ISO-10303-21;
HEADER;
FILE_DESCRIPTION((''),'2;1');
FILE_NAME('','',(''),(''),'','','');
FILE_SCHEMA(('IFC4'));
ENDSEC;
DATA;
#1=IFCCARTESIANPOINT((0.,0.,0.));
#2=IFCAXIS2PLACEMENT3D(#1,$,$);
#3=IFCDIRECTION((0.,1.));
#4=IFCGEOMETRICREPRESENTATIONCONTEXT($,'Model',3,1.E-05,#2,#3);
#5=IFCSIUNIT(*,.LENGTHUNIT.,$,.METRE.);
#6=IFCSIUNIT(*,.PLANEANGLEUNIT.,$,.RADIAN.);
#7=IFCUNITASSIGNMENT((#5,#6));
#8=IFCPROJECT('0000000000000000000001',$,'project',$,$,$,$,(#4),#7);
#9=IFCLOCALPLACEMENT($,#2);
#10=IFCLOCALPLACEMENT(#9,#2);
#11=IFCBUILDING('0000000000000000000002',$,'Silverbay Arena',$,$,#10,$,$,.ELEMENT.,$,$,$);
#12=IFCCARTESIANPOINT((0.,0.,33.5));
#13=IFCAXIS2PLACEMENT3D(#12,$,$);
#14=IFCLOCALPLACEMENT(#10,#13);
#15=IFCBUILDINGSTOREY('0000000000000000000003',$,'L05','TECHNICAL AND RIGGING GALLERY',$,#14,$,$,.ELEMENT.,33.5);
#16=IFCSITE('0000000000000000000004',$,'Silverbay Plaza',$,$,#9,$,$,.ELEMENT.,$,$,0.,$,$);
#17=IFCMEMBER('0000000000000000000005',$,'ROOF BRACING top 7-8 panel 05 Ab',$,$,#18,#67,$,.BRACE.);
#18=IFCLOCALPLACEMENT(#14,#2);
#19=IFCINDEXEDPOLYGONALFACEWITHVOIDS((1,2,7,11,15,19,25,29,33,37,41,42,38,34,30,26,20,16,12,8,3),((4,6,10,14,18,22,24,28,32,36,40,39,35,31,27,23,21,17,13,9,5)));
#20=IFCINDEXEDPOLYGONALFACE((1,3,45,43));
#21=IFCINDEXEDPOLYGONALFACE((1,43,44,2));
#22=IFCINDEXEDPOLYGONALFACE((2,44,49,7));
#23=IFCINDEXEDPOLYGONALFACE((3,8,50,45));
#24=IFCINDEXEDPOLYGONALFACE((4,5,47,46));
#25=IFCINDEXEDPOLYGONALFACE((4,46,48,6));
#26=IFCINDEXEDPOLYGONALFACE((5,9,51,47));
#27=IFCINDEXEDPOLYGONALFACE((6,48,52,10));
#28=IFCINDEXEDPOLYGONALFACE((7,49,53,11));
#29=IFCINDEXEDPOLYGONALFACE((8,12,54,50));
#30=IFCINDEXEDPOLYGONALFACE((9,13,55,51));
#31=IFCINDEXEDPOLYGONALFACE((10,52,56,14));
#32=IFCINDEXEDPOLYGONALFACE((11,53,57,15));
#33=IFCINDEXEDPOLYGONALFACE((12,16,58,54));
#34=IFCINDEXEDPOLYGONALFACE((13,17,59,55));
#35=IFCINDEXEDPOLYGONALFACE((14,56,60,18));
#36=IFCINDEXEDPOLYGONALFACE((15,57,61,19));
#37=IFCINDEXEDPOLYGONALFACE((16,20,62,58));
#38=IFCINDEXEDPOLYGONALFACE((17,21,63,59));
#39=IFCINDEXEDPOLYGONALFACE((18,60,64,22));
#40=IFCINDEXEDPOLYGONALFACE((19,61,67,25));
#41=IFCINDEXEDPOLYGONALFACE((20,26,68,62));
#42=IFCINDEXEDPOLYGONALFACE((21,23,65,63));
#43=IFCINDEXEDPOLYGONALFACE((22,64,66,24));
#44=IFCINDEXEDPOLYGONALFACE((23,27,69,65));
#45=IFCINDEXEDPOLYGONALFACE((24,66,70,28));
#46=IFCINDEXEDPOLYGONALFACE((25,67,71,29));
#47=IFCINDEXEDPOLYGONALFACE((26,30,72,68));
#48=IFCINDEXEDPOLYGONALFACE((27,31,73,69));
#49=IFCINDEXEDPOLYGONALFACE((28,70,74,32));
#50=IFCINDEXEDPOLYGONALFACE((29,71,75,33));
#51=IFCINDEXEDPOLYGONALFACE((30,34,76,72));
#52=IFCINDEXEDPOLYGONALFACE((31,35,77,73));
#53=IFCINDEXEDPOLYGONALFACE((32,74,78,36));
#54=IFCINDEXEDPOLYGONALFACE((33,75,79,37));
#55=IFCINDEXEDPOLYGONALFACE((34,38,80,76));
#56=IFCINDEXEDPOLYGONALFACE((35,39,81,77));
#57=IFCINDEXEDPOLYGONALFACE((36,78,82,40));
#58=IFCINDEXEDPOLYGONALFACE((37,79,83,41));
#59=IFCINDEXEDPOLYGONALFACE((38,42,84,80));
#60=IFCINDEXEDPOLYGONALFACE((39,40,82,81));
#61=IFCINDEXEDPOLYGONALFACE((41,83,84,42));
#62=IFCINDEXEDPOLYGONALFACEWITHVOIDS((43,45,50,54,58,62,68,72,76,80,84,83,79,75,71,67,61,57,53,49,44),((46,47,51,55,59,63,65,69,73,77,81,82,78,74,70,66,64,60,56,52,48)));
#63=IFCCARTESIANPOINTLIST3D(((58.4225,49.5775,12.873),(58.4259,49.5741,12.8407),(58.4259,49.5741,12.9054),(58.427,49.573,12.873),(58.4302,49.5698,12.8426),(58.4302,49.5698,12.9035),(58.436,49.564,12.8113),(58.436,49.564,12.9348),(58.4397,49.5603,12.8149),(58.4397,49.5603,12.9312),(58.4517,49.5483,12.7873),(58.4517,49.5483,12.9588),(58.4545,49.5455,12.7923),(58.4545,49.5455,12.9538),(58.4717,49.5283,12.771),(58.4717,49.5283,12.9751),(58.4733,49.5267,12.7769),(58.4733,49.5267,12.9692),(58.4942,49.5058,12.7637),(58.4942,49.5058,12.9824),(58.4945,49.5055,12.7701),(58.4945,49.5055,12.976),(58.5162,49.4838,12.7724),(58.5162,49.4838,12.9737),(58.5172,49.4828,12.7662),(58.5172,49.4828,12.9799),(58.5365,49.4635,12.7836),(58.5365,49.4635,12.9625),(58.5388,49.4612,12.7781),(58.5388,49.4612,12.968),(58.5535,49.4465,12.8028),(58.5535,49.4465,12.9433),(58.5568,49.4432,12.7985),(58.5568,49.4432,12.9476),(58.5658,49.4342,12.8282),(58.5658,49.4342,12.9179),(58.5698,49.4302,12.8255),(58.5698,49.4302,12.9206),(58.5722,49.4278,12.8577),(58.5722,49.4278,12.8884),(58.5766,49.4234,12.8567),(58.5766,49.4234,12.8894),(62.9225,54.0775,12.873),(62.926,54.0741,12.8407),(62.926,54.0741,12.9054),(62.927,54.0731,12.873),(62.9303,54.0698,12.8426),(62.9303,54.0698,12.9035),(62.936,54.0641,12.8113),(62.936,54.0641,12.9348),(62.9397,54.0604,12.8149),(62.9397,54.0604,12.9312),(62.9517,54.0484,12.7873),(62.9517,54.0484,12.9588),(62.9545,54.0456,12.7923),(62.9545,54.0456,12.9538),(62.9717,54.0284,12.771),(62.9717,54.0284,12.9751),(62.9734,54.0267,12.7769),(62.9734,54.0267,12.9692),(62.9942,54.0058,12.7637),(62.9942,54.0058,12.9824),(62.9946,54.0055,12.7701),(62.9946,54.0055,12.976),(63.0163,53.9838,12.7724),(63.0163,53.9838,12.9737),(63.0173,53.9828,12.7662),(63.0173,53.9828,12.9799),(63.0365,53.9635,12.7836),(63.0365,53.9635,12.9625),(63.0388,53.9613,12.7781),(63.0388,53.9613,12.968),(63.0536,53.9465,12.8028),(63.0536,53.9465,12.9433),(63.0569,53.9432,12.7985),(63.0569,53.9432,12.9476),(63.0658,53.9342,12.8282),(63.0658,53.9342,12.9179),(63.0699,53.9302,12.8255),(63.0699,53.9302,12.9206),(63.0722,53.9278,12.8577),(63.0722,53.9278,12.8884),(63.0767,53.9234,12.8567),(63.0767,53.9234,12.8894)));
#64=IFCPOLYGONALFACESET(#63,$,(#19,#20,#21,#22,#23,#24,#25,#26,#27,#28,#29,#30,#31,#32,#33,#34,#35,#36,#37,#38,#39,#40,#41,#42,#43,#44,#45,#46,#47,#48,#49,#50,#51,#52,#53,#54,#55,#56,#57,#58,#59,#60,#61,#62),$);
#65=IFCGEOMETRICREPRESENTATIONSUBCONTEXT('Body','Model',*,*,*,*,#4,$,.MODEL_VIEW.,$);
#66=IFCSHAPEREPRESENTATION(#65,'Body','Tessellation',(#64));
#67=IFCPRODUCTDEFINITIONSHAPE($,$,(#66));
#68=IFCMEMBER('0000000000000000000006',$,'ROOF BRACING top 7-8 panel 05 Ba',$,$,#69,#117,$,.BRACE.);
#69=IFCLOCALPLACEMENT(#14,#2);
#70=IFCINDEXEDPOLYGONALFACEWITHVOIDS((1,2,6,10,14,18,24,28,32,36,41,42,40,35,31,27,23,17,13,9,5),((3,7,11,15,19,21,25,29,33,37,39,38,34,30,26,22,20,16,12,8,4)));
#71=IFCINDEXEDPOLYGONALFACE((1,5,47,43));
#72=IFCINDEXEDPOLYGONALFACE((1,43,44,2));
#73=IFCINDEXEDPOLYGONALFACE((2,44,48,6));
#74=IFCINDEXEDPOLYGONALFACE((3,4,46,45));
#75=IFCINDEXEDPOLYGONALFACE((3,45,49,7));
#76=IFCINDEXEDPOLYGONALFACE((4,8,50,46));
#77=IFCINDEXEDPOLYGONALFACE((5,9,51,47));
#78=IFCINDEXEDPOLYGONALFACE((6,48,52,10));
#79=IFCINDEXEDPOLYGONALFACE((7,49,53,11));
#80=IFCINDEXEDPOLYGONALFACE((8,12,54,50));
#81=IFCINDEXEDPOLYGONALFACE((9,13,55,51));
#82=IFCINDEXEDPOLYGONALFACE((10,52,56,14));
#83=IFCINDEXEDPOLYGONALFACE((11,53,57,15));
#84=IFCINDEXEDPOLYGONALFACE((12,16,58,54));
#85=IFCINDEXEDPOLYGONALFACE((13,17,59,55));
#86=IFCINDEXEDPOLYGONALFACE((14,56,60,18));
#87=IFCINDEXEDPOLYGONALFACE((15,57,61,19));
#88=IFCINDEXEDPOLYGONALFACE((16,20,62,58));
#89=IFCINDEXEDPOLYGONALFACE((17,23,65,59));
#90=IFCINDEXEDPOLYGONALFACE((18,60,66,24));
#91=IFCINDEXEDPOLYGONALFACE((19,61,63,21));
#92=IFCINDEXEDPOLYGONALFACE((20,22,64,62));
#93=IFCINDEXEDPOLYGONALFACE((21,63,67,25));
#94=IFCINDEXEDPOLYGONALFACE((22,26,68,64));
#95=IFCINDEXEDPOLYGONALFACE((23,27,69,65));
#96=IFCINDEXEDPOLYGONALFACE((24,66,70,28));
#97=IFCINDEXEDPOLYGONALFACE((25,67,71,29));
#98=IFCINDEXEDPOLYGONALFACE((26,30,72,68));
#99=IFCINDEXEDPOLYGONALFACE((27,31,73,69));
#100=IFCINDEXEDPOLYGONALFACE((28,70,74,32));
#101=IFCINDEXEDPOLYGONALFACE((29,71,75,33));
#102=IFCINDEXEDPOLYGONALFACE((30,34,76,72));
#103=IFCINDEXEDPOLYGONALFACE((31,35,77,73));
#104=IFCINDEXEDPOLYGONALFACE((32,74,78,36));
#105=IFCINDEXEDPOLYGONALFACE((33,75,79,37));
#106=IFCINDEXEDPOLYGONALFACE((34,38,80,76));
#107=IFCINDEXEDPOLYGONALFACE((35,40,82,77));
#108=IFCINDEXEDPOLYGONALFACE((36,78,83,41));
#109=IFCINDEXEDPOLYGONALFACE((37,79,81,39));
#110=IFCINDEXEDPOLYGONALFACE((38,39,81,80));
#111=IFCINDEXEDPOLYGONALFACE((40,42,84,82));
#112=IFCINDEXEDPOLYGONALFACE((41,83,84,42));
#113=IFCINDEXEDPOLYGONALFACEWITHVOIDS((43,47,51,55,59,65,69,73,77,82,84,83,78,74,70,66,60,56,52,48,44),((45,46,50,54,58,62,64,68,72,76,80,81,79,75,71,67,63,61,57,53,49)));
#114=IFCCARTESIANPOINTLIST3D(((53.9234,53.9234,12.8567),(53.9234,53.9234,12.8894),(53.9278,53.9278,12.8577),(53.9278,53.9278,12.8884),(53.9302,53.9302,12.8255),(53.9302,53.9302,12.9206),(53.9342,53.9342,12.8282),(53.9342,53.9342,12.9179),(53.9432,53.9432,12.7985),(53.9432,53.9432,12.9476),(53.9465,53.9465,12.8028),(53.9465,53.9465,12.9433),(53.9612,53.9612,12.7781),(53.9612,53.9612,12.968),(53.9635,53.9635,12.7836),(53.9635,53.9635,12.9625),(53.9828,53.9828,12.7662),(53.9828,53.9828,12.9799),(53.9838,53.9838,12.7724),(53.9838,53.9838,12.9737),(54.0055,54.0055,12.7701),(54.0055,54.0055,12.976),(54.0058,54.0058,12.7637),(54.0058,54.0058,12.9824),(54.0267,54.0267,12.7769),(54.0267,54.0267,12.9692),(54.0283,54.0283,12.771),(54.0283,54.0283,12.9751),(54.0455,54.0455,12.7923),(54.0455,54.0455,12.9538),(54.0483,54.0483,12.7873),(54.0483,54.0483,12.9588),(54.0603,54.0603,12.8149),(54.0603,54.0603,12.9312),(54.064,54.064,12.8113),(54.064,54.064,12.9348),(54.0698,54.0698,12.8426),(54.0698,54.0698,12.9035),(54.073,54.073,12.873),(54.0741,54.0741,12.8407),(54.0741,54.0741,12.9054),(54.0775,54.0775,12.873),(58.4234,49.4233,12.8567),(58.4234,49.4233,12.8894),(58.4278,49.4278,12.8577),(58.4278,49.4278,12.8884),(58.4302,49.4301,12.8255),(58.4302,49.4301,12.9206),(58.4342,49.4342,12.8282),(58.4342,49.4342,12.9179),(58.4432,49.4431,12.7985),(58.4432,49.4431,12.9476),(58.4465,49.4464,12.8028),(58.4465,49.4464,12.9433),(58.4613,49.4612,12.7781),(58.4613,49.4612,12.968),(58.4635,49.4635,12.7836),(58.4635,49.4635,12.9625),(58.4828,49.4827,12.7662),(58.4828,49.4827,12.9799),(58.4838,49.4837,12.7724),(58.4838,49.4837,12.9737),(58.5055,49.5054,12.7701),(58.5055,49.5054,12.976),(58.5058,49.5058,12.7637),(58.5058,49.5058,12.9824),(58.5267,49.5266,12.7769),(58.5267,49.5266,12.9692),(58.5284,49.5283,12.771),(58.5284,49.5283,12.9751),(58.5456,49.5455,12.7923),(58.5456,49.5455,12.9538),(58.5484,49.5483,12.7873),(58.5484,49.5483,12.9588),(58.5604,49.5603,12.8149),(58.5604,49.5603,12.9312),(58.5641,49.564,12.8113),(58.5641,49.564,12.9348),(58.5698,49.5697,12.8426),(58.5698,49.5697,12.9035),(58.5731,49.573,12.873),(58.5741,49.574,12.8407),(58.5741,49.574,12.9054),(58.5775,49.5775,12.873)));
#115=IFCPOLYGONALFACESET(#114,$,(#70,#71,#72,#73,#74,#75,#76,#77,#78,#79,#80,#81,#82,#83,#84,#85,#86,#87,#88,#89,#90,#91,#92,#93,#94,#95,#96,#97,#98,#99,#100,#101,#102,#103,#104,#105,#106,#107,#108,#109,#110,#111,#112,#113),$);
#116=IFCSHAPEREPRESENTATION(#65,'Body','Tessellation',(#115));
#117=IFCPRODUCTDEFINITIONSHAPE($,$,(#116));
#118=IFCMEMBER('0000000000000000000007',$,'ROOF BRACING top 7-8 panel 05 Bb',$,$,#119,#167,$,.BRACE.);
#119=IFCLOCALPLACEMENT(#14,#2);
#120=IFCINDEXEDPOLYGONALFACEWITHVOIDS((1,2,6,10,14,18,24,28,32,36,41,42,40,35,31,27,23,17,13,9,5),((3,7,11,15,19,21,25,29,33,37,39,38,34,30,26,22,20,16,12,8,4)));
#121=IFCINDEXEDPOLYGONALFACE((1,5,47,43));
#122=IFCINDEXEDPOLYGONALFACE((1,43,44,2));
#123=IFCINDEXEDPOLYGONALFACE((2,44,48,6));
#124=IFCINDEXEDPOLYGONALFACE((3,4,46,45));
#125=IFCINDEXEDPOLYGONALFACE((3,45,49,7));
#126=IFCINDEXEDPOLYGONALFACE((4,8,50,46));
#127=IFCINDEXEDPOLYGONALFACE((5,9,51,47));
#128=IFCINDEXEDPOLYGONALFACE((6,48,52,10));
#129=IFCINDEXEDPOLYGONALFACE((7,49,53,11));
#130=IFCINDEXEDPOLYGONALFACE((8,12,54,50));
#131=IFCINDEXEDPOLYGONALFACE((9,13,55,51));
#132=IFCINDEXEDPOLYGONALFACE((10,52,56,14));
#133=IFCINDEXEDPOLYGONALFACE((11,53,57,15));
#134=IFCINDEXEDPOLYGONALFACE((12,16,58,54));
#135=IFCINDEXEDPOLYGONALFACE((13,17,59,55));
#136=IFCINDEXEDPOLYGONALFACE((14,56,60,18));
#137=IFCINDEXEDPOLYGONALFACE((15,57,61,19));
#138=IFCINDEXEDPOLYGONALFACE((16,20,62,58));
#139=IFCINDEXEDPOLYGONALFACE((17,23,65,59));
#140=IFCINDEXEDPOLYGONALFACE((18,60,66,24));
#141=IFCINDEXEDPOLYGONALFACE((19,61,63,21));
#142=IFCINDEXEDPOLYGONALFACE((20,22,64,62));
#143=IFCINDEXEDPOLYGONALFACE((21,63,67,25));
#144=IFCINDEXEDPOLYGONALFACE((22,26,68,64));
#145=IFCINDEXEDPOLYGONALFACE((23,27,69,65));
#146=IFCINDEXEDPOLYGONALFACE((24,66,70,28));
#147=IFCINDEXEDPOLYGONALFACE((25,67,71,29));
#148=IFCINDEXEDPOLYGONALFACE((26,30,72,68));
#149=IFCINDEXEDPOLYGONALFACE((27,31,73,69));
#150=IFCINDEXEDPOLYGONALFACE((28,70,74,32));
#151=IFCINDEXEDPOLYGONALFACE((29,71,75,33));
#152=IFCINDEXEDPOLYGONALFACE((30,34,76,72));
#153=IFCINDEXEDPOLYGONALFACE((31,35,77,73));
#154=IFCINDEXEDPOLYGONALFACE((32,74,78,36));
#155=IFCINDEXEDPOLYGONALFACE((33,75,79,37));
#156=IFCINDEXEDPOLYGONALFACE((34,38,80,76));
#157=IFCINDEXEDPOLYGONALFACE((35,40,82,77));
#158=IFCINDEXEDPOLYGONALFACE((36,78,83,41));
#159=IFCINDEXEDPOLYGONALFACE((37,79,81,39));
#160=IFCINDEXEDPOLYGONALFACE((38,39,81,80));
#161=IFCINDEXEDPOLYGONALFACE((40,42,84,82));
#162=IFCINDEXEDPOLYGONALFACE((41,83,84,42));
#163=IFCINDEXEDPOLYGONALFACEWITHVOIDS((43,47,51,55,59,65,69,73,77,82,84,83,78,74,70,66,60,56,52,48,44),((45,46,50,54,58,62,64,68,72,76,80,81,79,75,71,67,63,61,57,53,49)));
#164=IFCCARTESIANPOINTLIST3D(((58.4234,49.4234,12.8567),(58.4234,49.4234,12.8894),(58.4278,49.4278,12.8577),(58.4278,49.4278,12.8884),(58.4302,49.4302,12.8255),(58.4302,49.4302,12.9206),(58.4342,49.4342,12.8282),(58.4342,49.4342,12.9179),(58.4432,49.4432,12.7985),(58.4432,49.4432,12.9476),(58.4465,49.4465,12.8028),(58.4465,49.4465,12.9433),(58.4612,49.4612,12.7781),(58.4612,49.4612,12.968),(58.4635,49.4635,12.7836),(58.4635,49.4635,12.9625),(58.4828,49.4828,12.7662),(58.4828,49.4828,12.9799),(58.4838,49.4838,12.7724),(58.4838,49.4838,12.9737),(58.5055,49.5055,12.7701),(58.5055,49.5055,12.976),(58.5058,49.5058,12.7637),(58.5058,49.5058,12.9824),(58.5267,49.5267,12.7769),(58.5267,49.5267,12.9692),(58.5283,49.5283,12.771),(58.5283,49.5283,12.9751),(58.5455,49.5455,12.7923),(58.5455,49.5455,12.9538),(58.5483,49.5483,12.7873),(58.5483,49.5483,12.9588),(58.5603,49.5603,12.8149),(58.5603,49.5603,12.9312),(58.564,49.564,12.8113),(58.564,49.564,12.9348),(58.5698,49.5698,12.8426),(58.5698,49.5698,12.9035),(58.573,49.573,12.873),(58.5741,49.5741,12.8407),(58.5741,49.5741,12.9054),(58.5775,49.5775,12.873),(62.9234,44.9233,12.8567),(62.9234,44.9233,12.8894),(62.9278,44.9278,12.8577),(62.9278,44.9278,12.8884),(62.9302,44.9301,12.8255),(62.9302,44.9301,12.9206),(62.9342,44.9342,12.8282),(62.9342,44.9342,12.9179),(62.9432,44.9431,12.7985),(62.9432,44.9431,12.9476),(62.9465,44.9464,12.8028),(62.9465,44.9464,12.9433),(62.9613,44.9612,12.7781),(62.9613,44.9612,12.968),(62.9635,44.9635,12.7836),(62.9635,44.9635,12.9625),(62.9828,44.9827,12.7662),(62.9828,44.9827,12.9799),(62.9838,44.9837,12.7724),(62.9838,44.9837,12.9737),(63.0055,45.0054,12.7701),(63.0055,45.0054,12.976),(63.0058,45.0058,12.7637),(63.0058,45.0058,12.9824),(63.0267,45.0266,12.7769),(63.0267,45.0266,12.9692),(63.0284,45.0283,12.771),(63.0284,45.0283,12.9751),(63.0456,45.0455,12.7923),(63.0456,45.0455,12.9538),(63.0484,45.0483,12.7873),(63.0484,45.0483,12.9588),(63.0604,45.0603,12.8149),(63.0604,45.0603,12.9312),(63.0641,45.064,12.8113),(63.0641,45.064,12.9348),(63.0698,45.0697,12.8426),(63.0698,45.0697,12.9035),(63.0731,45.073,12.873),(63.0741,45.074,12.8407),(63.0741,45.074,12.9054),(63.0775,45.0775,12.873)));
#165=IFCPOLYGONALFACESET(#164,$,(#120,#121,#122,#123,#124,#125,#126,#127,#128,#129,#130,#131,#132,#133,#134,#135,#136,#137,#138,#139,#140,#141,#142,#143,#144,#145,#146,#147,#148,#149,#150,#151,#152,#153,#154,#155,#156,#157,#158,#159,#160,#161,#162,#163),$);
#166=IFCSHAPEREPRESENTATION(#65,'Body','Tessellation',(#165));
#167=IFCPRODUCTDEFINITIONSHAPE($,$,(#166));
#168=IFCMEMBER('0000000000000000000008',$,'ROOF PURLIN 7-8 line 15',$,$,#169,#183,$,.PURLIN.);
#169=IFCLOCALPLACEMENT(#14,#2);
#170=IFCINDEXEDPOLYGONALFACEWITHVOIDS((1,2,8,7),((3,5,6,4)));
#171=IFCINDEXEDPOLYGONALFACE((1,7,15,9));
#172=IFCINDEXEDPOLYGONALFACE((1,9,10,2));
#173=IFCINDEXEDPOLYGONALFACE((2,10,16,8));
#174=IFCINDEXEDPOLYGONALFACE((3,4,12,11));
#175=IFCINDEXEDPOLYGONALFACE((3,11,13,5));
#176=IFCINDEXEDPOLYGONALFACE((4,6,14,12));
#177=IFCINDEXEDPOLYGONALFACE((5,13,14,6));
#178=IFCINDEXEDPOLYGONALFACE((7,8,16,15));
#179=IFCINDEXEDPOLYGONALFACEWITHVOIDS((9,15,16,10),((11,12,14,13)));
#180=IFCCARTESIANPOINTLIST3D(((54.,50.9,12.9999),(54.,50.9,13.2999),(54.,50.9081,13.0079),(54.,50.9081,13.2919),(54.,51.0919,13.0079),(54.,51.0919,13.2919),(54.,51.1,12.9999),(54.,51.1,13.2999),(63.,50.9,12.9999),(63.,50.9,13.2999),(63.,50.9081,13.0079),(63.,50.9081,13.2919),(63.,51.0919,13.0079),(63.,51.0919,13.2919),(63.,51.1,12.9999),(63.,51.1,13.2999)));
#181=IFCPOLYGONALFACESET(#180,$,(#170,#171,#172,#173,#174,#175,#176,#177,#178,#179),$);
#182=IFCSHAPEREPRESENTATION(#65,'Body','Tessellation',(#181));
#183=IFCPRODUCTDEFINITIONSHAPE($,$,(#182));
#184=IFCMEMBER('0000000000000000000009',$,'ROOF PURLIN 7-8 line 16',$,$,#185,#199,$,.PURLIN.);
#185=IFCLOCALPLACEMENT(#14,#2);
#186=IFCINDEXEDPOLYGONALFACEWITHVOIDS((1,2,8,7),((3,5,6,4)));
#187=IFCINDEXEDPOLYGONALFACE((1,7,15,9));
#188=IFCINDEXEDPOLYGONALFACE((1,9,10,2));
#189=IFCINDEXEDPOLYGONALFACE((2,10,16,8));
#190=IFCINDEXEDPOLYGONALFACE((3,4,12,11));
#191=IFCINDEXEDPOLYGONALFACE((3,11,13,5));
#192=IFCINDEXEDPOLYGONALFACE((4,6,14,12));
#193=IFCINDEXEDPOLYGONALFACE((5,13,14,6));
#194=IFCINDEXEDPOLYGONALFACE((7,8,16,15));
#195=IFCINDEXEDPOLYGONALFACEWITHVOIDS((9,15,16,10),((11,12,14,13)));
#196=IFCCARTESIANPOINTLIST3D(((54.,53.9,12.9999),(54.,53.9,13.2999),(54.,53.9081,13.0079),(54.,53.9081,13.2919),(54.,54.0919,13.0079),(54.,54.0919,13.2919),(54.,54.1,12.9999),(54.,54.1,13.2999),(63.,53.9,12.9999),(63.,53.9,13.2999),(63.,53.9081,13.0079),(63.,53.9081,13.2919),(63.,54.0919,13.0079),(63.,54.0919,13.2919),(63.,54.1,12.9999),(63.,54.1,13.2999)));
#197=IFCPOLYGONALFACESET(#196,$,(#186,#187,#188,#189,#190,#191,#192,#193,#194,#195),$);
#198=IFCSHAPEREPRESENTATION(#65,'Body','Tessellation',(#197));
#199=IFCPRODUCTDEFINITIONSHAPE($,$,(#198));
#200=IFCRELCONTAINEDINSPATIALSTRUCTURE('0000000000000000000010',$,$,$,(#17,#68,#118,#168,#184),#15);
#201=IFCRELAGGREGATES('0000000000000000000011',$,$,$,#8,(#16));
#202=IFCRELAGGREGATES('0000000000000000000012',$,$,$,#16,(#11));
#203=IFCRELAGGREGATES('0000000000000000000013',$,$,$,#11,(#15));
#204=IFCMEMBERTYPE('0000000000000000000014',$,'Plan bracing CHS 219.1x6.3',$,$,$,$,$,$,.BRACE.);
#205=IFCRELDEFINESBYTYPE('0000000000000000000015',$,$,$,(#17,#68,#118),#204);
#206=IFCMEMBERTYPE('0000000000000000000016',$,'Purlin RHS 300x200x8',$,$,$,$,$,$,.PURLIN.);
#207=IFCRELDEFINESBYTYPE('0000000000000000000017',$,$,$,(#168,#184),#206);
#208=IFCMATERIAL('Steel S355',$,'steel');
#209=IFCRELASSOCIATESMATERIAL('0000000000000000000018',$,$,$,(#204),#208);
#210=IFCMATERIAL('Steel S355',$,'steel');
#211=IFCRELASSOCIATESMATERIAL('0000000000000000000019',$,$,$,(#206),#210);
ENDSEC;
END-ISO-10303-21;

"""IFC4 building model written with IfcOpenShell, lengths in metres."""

from ifc_helpers import new_model, si_unit, direction, frame, origin, origin_2d, place, context, subcontext, project, spatial, hollow_rectangle, hollow_circle, extrude, material, material_profile, profile_set, type_object, element, save


model = new_model("IFC4")

# Units and contexts
model_context = context("Model", 3, precision=1e-05, world=origin(), true_north=direction((0.0, 1.0)))
body_context = subcontext(model_context, "Body", "Model", "MODEL_VIEW")
ifc_project = project(units=[si_unit("LENGTHUNIT", "METRE"), si_unit("PLANEANGLEUNIT", "RADIAN")], contexts=[model_context])

# Site, building, storey
site_placement = place(None, origin())
site = spatial("IfcSite", under=ifc_project, at=site_placement, Name="Silverbay Plaza", CompositionType="ELEMENT", RefElevation=0.0)
building_placement = place(site_placement, origin())
building = spatial("IfcBuilding", under=site, at=building_placement, Name="Silverbay Arena", CompositionType="ELEMENT")
storey_placement = place(building_placement, frame((0.0, 0.0, 33.5)))
storey = spatial("IfcBuildingStorey", under=building, at=storey_placement, Name="L05", Description="TECHNICAL AND RIGGING GALLERY", CompositionType="ELEMENT", Elevation=33.5)

# Members
ifc_material_1 = material(Name="Steel S355", Category="steel")
ifc_material_profile_1 = material_profile(ifc_material_1, hollow_circle(Radius=0.1096, WallThickness=0.0063, at=origin_2d()), Name="CHS 219.1x6.3")
ifc_profile_set_1 = profile_set([ifc_material_profile_1], Name="Steel S355")
member_type_1 = type_object("IfcMemberType", Name="Plan bracing CHS 219.1x6.3", PredefinedType="BRACE", material=ifc_profile_set_1)
for number, where, z_axis, x_axis, name in (
    (1, (58.5, 49.5, 12.873), (0.707107, 0.707107, 0.0), (-0.707107, 0.707107, 0.0), "ROOF BRACING top 7-8 panel 05 Ab"),
    (2, (54.0, 54.0, 12.873), (0.707107, -0.707107, 0.0), (0.707107, 0.707107, 0.0), "ROOF BRACING top 7-8 panel 05 Ba"),
    (3, (58.5, 49.5, 12.873), (0.707107, -0.707107, 0.0), (0.707107, 0.707107, 0.0), "ROOF BRACING top 7-8 panel 05 Bb"),
):
    element("IfcMember", number, at=place(storey_placement, frame(where, z_axis=z_axis, x_axis=x_axis)), inside=storey, type_object=member_type_1, Name=name, PredefinedType="BRACE", context=body_context, shape_type="SweptSolid", body=[
        extrude(hollow_circle(Radius=0.1096, WallThickness=0.0063, at=origin_2d()), origin(), (0.0, 0.0, 1.0), 6.364),
    ])
ifc_material_2 = material(Name="Steel S355", Category="steel")
ifc_material_profile_2 = material_profile(ifc_material_2, hollow_rectangle(XDim=0.2, YDim=0.3, WallThickness=0.0081, at=origin_2d()), Name="RHS 300x200x8")
ifc_profile_set_2 = profile_set([ifc_material_profile_2], Name="Steel S355")
member_type_2 = type_object("IfcMemberType", Name="Purlin RHS 300x200x8", PredefinedType="PURLIN", material=ifc_profile_set_2)
for number, where, z_axis, x_axis, name in (
    (4, (54.0, 51.0, 13.1499), (1.0, 0.0, 0.0), (0.0, 1.0, 0.0), "ROOF PURLIN 7-8 line 15"),
    (5, (54.0, 54.0, 13.1499), (1.0, 0.0, 0.0), (0.0, 1.0, 0.0), "ROOF PURLIN 7-8 line 16"),
):
    element("IfcMember", number, at=place(storey_placement, frame(where, z_axis=z_axis, x_axis=x_axis)), inside=storey, type_object=member_type_2, Name=name, PredefinedType="PURLIN", context=body_context, shape_type="SweptSolid", body=[
        extrude(hollow_rectangle(XDim=0.2, YDim=0.3, WallThickness=0.0081, at=origin_2d()), origin(), (0.0, 0.0, 1.0), 9.0),
    ])

save(model, "model.ifc")
